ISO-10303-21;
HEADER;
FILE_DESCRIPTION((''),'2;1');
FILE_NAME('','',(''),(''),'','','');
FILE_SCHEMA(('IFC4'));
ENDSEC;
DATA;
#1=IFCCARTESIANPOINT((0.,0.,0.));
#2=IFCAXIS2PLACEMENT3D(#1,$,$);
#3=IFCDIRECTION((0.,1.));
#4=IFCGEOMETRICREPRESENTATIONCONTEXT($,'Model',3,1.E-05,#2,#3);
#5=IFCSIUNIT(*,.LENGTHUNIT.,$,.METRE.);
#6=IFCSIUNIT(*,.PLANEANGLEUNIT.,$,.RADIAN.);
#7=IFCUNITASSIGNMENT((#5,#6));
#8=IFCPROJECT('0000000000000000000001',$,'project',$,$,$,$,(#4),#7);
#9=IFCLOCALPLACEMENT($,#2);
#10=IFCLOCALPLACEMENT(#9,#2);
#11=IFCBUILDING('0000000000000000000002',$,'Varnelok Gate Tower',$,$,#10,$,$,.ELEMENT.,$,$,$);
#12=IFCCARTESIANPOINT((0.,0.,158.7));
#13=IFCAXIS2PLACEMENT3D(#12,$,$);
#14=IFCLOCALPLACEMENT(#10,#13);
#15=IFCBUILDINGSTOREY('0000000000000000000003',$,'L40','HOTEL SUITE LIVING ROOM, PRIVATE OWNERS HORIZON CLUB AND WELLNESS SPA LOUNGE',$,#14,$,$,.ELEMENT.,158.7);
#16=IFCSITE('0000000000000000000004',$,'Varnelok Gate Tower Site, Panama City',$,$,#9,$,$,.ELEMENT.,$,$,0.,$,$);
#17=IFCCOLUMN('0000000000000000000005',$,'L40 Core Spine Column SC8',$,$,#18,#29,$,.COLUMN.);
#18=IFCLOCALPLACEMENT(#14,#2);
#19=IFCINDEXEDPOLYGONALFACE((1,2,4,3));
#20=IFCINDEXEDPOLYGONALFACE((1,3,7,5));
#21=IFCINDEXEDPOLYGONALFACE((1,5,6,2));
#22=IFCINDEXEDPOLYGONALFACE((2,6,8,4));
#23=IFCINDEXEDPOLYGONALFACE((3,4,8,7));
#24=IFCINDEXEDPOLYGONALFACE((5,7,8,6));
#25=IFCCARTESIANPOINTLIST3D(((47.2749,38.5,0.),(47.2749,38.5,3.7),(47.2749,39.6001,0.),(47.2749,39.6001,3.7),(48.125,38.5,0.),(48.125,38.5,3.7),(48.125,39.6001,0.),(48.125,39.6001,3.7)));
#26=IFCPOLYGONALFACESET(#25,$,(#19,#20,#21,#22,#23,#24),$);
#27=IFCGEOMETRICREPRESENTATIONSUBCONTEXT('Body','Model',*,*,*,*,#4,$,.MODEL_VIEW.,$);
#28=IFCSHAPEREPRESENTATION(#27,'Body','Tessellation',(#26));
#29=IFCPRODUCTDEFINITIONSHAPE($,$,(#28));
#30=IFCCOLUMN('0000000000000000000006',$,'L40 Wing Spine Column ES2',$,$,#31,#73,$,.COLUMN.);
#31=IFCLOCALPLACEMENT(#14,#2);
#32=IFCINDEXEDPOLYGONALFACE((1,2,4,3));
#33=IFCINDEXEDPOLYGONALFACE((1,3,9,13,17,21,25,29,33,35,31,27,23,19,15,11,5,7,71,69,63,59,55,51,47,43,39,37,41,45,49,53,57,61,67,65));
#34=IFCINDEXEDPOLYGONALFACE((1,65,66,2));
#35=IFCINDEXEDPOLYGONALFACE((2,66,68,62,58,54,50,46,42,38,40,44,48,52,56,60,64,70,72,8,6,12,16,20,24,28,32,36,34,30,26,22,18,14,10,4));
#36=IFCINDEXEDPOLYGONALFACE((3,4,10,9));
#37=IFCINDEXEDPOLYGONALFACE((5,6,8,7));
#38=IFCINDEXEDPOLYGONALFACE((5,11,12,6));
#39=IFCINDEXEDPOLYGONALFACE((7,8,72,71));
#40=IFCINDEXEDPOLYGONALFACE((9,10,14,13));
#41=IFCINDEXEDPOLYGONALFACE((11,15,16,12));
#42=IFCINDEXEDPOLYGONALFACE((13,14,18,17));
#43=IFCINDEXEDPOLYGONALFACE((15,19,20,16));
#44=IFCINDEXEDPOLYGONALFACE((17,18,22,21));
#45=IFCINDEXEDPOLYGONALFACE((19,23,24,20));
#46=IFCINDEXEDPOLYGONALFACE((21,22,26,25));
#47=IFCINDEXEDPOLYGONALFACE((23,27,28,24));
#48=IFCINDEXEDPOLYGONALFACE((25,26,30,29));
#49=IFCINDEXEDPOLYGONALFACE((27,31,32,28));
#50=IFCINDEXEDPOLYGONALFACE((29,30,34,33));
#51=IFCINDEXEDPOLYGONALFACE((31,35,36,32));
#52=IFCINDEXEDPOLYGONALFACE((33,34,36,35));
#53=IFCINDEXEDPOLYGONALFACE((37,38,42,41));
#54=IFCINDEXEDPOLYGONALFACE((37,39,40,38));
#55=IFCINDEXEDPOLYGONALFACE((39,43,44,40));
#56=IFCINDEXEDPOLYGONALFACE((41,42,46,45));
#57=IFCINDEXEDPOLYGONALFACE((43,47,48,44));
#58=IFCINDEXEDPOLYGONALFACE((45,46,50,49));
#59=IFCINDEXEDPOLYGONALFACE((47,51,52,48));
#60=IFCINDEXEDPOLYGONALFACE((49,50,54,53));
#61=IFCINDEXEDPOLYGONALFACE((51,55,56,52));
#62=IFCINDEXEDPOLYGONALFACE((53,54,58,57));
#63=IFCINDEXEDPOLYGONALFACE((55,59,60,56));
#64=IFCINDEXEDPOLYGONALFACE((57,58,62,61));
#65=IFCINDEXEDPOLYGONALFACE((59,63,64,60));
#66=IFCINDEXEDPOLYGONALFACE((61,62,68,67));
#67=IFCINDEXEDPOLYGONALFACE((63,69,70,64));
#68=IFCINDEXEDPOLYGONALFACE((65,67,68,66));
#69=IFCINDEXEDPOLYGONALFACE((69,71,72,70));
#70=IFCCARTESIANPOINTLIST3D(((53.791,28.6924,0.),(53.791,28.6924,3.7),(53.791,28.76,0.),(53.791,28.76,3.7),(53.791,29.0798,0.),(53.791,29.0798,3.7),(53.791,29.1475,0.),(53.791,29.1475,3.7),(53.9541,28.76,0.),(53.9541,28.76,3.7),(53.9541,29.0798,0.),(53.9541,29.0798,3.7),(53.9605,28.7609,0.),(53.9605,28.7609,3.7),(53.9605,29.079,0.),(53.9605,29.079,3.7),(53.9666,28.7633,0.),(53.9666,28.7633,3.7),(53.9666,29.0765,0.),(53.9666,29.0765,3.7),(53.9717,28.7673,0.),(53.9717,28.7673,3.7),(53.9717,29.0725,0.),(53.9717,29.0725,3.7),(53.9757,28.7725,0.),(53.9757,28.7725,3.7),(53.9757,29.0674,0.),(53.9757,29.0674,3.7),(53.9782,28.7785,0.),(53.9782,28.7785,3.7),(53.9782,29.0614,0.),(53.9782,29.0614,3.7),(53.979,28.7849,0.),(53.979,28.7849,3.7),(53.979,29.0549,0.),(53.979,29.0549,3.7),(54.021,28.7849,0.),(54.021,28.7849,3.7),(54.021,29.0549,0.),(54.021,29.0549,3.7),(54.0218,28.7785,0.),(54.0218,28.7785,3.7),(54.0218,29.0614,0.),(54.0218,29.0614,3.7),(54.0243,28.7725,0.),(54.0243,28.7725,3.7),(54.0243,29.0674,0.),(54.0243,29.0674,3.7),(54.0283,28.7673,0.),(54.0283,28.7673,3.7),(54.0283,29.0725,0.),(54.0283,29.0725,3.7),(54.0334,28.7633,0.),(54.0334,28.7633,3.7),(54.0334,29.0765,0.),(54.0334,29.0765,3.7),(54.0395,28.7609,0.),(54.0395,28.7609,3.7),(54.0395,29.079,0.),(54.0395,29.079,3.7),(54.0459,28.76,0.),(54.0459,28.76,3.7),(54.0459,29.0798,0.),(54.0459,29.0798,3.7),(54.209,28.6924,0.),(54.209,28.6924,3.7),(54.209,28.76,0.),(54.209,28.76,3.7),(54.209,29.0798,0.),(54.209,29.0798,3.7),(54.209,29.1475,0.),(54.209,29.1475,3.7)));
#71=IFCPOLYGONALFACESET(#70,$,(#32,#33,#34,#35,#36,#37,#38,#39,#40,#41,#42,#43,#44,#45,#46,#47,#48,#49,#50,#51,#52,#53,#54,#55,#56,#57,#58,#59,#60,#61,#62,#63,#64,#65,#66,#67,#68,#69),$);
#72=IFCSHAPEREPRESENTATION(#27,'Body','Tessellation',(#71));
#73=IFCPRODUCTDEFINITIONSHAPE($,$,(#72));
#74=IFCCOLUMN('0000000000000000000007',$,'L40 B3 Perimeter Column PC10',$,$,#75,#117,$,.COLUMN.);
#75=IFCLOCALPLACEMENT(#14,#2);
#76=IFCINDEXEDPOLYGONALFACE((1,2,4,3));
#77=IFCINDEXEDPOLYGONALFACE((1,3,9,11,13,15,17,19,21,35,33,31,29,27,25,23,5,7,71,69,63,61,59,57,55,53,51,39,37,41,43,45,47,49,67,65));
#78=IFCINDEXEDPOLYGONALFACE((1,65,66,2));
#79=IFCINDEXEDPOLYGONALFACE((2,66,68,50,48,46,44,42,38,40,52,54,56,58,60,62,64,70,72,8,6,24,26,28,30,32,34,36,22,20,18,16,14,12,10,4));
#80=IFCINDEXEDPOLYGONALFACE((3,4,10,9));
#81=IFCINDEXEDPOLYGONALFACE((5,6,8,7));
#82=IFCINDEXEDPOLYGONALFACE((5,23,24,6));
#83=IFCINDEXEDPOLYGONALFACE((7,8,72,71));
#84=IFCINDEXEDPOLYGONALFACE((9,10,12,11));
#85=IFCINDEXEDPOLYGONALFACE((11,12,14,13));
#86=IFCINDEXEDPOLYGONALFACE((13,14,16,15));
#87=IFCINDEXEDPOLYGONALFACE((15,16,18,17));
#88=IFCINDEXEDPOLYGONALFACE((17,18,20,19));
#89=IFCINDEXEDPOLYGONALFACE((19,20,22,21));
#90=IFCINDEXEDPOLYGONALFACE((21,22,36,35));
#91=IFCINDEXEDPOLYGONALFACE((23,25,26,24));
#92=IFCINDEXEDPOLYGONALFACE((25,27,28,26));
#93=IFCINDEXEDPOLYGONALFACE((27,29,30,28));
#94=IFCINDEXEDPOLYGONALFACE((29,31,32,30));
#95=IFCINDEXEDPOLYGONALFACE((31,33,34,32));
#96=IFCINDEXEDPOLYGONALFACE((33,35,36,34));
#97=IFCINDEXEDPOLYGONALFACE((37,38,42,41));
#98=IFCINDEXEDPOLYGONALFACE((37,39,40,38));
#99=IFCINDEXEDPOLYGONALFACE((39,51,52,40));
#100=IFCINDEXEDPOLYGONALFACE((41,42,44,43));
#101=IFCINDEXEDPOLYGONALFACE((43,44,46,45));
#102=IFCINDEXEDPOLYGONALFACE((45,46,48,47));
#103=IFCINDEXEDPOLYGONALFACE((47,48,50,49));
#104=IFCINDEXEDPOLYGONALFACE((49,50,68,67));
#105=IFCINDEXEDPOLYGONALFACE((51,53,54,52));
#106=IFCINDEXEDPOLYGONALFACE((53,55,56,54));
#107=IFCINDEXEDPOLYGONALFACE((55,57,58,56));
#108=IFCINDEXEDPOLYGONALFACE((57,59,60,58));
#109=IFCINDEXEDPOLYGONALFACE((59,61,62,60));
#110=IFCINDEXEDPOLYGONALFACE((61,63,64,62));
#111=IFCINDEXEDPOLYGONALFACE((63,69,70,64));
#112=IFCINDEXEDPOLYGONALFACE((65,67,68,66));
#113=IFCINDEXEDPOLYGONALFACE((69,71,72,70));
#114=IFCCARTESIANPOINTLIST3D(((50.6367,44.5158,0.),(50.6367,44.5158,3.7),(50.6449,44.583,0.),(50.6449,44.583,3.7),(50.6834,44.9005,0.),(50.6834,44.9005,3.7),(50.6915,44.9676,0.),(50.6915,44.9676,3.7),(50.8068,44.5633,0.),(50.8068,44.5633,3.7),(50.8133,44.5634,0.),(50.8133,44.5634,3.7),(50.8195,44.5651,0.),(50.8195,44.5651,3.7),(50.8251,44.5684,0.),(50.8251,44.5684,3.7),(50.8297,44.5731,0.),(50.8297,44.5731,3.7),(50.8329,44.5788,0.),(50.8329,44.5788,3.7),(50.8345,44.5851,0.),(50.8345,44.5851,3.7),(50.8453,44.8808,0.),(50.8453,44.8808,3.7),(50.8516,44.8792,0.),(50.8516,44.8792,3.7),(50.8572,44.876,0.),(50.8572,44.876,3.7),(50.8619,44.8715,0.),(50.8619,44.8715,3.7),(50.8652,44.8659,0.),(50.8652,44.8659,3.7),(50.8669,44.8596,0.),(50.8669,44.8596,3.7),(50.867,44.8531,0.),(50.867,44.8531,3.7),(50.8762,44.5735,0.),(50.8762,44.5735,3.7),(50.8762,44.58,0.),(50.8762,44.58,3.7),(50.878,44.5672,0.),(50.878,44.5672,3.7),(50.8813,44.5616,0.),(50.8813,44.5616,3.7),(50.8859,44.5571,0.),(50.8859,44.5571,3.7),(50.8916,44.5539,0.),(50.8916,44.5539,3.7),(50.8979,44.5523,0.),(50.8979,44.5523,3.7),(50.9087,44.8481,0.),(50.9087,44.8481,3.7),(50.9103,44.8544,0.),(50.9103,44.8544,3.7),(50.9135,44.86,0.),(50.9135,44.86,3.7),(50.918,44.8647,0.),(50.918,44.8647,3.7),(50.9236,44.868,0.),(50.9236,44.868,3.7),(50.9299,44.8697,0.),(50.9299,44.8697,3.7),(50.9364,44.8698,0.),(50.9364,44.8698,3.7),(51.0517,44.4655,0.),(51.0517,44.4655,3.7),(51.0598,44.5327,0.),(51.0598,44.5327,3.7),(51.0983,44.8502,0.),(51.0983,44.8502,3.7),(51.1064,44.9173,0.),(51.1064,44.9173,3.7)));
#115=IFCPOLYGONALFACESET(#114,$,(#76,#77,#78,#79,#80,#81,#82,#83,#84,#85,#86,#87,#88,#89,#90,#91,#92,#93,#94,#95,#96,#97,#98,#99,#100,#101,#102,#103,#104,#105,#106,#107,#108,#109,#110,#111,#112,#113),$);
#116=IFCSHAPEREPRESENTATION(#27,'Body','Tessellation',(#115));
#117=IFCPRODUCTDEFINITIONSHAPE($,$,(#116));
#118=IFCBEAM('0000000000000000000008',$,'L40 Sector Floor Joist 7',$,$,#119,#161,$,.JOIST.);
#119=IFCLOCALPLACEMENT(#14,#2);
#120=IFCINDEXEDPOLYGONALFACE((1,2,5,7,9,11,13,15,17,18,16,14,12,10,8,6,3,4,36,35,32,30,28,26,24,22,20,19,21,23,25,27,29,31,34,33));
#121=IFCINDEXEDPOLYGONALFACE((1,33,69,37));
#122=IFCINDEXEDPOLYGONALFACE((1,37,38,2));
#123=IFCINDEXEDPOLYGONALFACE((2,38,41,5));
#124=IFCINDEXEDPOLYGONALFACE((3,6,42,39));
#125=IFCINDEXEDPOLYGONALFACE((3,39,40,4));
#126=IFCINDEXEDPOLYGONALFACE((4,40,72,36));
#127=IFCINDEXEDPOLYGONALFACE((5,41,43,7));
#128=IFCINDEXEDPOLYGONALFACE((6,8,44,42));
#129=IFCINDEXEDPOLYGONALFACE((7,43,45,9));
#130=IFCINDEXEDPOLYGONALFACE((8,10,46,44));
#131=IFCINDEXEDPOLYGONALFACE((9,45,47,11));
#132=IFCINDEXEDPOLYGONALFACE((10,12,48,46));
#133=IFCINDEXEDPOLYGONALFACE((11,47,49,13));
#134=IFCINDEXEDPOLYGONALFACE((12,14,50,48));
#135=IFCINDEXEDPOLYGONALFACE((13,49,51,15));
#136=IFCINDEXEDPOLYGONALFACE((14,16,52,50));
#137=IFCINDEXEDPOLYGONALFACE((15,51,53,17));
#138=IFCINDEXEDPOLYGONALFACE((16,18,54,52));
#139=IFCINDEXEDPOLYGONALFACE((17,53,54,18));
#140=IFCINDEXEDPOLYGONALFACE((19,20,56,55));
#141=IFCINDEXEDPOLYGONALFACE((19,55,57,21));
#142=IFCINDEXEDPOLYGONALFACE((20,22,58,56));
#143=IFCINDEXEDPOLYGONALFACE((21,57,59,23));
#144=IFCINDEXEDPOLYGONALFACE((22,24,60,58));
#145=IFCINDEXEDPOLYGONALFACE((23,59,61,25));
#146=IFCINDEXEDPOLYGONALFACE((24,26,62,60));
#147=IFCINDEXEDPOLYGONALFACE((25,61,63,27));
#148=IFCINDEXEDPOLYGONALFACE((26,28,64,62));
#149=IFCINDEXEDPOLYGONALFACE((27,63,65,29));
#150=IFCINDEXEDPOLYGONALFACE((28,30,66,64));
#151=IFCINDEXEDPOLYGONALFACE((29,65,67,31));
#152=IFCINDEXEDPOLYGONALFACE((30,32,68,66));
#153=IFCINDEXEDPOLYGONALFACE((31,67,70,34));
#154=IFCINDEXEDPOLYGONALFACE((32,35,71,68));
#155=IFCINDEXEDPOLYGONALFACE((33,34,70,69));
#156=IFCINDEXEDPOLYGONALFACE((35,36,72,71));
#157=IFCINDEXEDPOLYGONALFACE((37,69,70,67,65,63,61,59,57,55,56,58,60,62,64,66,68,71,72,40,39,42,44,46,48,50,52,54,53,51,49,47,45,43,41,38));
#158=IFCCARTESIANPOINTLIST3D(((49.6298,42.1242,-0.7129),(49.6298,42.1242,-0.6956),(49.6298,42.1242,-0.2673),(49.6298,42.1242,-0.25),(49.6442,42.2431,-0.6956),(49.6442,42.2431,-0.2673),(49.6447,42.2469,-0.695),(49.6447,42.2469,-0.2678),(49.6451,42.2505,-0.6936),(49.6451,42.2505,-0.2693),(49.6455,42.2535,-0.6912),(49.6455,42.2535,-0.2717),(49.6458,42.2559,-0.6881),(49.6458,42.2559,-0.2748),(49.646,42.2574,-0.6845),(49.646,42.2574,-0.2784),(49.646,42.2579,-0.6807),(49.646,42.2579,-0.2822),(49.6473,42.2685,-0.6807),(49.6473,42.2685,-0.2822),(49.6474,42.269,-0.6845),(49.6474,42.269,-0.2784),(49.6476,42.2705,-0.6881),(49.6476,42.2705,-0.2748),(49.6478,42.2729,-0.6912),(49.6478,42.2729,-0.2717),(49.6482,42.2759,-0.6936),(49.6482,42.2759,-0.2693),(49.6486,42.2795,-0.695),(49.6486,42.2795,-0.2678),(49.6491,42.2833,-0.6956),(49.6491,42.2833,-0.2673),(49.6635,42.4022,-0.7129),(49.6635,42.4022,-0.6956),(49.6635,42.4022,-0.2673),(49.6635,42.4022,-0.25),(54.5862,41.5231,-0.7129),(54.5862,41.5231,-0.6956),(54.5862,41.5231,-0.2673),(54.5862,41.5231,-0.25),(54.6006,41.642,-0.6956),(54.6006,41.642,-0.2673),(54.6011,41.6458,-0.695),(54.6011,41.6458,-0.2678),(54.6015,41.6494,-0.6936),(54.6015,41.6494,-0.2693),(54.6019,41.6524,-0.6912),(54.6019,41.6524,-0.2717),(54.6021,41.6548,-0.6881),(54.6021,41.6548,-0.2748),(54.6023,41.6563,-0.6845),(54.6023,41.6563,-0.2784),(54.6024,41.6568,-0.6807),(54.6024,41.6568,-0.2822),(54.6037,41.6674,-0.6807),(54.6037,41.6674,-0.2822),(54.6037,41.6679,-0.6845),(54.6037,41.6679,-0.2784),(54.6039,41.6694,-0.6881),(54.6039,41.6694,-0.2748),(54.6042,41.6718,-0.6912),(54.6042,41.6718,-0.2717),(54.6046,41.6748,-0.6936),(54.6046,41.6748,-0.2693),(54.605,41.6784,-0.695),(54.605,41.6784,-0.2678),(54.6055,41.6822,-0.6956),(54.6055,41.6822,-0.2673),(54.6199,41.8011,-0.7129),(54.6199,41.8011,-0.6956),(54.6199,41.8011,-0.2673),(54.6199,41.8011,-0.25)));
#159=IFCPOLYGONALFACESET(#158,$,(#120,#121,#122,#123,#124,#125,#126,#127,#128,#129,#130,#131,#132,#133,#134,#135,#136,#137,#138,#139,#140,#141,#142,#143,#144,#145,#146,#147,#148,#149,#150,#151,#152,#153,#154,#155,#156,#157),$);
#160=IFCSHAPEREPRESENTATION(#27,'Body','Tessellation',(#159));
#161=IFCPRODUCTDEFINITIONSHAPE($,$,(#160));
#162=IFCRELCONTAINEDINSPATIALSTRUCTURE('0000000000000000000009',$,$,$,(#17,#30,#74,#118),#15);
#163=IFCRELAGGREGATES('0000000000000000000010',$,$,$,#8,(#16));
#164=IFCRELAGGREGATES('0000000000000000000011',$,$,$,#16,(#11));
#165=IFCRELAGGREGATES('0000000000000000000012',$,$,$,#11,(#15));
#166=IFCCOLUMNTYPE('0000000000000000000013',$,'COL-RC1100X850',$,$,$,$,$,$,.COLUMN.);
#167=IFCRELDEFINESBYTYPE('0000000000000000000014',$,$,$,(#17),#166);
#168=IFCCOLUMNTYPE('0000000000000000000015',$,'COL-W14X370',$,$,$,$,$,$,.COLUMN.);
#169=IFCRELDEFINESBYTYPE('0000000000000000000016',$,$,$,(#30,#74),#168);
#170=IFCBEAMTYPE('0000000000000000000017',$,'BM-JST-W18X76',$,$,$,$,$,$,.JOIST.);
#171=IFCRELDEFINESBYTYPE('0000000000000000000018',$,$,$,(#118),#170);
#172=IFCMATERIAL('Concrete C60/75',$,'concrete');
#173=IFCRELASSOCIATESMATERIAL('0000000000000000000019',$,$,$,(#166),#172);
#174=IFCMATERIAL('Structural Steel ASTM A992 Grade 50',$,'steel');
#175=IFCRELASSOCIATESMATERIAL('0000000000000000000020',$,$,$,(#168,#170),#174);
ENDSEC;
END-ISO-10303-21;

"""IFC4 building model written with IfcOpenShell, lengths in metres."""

from ifc_helpers import new_model, si_unit, direction, frame, origin, origin_2d, place, context, subcontext, project, spatial, rectangle, i_section, extrude, material, material_profile, profile_set, type_object, element, save


model = new_model("IFC4")

# Units and contexts
model_context = context("Model", 3, precision=1e-05, world=origin(), true_north=direction((0.0, 1.0)))
body_context = subcontext(model_context, "Body", "Model", "MODEL_VIEW")
ifc_project = project(units=[si_unit("LENGTHUNIT", "METRE"), si_unit("PLANEANGLEUNIT", "RADIAN")], contexts=[model_context])

# Site, building, storey
site_placement = place(None, origin())
site = spatial("IfcSite", under=ifc_project, at=site_placement, Name="Varnelok Gate Tower Site, Panama City", CompositionType="ELEMENT", RefElevation=0.0)
building_placement = place(site_placement, origin())
building = spatial("IfcBuilding", under=site, at=building_placement, Name="Varnelok Gate Tower", CompositionType="ELEMENT")
storey_placement = place(building_placement, frame((0.0, 0.0, 158.7)))
storey = spatial("IfcBuildingStorey", under=building, at=storey_placement, Name="L40", Description="HOTEL SUITE LIVING ROOM, PRIVATE OWNERS HORIZON CLUB AND WELLNESS SPA LOUNGE", CompositionType="ELEMENT", Elevation=158.7)

# Columns
ifc_material_1 = material(Name="Concrete C60/75", Category="concrete")
ifc_material_profile_1 = material_profile(ifc_material_1, rectangle(XDim=0.8501, YDim=1.1001, at=origin_2d()), Name="RC1100X850")
ifc_profile_set_1 = profile_set([ifc_material_profile_1], Name="Concrete C60/75")
column_type_1 = type_object("IfcColumnType", Name="COL-RC1100X850", PredefinedType="COLUMN", material=ifc_profile_set_1)
column_placement = place(storey_placement, frame((47.7, 39.05, 0.0), z_axis=(0.0, 0.0, 1.0), x_axis=(1.0, 0.0, 0.0)))
element("IfcColumn", 1, at=column_placement, inside=storey, type_object=column_type_1, Name="L40 Core Spine Column SC8", PredefinedType="COLUMN", context=body_context, shape_type="SweptSolid", body=[
    extrude(rectangle(XDim=0.8501, YDim=1.1001, at=origin_2d()), origin(), (0.0, 0.0, 1.0), 3.7),
])
ifc_material_2 = material(Name="Structural Steel ASTM A992 Grade 50", Category="steel")
ifc_material_profile_2 = material_profile(ifc_material_2, i_section(OverallWidth=0.418, OverallDepth=0.4551, WebThickness=0.042, FlangeThickness=0.0676, FilletRadius=0.0249, at=origin_2d()), Name="W14X370")
ifc_profile_set_2 = profile_set([ifc_material_profile_2], Name="Structural Steel ASTM A992 Grade 50")
column_type_2 = type_object("IfcColumnType", Name="COL-W14X370", PredefinedType="COLUMN", material=ifc_profile_set_2)
for number, where, z_axis, x_axis, name in (
    (2, (54.0, 28.9199, 0.0), (0.0, 0.0, 1.0), (1.0, 0.0, 0.0), "L40 Wing Spine Column ES2"),
    (3, (50.8716, 44.7166, 0.0), (0.0, 0.0, 1.0), (0.992732, -0.120345, 0.0), "L40 B3 Perimeter Column PC10"),
):
    element("IfcColumn", number, at=place(storey_placement, frame(where, z_axis=z_axis, x_axis=x_axis)), inside=storey, type_object=column_type_2, Name=name, PredefinedType="COLUMN", context=body_context, shape_type="SweptSolid", body=[
        extrude(i_section(OverallWidth=0.418, OverallDepth=0.4551, WebThickness=0.042, FlangeThickness=0.0676, FilletRadius=0.0249, at=origin_2d()), origin(), (0.0, 0.0, 1.0), 3.7),
    ])

# Beam
ifc_material_profile_3 = material_profile(ifc_material_2, i_section(OverallWidth=0.28, OverallDepth=0.4629, WebThickness=0.0107, FlangeThickness=0.0173, FilletRadius=0.0149, at=origin_2d()), Name="W18X76")
ifc_profile_set_3 = profile_set([ifc_material_profile_3], Name="Structural Steel ASTM A992 Grade 50")
beam_type_1 = type_object("IfcBeamType", Name="BM-JST-W18X76", PredefinedType="JOIST", material=ifc_profile_set_3)
beam_1_placement = place(storey_placement, frame((54.603, 41.6621, -0.4814), z_axis=(-0.992726, 0.120393, 0.0), x_axis=(-0.120393, -0.992726, 0.0)))
element("IfcBeam", 4, at=beam_1_placement, inside=storey, type_object=beam_type_1, Name="L40 Sector Floor Joist 7", PredefinedType="JOIST", context=body_context, shape_type="SweptSolid", body=[
    extrude(i_section(OverallWidth=0.28, OverallDepth=0.4629, WebThickness=0.0107, FlangeThickness=0.0173, FilletRadius=0.0149, at=origin_2d()), origin(), (0.0, 0.0, 1.0), 4.9927),
])

save(model, "model.ifc")
